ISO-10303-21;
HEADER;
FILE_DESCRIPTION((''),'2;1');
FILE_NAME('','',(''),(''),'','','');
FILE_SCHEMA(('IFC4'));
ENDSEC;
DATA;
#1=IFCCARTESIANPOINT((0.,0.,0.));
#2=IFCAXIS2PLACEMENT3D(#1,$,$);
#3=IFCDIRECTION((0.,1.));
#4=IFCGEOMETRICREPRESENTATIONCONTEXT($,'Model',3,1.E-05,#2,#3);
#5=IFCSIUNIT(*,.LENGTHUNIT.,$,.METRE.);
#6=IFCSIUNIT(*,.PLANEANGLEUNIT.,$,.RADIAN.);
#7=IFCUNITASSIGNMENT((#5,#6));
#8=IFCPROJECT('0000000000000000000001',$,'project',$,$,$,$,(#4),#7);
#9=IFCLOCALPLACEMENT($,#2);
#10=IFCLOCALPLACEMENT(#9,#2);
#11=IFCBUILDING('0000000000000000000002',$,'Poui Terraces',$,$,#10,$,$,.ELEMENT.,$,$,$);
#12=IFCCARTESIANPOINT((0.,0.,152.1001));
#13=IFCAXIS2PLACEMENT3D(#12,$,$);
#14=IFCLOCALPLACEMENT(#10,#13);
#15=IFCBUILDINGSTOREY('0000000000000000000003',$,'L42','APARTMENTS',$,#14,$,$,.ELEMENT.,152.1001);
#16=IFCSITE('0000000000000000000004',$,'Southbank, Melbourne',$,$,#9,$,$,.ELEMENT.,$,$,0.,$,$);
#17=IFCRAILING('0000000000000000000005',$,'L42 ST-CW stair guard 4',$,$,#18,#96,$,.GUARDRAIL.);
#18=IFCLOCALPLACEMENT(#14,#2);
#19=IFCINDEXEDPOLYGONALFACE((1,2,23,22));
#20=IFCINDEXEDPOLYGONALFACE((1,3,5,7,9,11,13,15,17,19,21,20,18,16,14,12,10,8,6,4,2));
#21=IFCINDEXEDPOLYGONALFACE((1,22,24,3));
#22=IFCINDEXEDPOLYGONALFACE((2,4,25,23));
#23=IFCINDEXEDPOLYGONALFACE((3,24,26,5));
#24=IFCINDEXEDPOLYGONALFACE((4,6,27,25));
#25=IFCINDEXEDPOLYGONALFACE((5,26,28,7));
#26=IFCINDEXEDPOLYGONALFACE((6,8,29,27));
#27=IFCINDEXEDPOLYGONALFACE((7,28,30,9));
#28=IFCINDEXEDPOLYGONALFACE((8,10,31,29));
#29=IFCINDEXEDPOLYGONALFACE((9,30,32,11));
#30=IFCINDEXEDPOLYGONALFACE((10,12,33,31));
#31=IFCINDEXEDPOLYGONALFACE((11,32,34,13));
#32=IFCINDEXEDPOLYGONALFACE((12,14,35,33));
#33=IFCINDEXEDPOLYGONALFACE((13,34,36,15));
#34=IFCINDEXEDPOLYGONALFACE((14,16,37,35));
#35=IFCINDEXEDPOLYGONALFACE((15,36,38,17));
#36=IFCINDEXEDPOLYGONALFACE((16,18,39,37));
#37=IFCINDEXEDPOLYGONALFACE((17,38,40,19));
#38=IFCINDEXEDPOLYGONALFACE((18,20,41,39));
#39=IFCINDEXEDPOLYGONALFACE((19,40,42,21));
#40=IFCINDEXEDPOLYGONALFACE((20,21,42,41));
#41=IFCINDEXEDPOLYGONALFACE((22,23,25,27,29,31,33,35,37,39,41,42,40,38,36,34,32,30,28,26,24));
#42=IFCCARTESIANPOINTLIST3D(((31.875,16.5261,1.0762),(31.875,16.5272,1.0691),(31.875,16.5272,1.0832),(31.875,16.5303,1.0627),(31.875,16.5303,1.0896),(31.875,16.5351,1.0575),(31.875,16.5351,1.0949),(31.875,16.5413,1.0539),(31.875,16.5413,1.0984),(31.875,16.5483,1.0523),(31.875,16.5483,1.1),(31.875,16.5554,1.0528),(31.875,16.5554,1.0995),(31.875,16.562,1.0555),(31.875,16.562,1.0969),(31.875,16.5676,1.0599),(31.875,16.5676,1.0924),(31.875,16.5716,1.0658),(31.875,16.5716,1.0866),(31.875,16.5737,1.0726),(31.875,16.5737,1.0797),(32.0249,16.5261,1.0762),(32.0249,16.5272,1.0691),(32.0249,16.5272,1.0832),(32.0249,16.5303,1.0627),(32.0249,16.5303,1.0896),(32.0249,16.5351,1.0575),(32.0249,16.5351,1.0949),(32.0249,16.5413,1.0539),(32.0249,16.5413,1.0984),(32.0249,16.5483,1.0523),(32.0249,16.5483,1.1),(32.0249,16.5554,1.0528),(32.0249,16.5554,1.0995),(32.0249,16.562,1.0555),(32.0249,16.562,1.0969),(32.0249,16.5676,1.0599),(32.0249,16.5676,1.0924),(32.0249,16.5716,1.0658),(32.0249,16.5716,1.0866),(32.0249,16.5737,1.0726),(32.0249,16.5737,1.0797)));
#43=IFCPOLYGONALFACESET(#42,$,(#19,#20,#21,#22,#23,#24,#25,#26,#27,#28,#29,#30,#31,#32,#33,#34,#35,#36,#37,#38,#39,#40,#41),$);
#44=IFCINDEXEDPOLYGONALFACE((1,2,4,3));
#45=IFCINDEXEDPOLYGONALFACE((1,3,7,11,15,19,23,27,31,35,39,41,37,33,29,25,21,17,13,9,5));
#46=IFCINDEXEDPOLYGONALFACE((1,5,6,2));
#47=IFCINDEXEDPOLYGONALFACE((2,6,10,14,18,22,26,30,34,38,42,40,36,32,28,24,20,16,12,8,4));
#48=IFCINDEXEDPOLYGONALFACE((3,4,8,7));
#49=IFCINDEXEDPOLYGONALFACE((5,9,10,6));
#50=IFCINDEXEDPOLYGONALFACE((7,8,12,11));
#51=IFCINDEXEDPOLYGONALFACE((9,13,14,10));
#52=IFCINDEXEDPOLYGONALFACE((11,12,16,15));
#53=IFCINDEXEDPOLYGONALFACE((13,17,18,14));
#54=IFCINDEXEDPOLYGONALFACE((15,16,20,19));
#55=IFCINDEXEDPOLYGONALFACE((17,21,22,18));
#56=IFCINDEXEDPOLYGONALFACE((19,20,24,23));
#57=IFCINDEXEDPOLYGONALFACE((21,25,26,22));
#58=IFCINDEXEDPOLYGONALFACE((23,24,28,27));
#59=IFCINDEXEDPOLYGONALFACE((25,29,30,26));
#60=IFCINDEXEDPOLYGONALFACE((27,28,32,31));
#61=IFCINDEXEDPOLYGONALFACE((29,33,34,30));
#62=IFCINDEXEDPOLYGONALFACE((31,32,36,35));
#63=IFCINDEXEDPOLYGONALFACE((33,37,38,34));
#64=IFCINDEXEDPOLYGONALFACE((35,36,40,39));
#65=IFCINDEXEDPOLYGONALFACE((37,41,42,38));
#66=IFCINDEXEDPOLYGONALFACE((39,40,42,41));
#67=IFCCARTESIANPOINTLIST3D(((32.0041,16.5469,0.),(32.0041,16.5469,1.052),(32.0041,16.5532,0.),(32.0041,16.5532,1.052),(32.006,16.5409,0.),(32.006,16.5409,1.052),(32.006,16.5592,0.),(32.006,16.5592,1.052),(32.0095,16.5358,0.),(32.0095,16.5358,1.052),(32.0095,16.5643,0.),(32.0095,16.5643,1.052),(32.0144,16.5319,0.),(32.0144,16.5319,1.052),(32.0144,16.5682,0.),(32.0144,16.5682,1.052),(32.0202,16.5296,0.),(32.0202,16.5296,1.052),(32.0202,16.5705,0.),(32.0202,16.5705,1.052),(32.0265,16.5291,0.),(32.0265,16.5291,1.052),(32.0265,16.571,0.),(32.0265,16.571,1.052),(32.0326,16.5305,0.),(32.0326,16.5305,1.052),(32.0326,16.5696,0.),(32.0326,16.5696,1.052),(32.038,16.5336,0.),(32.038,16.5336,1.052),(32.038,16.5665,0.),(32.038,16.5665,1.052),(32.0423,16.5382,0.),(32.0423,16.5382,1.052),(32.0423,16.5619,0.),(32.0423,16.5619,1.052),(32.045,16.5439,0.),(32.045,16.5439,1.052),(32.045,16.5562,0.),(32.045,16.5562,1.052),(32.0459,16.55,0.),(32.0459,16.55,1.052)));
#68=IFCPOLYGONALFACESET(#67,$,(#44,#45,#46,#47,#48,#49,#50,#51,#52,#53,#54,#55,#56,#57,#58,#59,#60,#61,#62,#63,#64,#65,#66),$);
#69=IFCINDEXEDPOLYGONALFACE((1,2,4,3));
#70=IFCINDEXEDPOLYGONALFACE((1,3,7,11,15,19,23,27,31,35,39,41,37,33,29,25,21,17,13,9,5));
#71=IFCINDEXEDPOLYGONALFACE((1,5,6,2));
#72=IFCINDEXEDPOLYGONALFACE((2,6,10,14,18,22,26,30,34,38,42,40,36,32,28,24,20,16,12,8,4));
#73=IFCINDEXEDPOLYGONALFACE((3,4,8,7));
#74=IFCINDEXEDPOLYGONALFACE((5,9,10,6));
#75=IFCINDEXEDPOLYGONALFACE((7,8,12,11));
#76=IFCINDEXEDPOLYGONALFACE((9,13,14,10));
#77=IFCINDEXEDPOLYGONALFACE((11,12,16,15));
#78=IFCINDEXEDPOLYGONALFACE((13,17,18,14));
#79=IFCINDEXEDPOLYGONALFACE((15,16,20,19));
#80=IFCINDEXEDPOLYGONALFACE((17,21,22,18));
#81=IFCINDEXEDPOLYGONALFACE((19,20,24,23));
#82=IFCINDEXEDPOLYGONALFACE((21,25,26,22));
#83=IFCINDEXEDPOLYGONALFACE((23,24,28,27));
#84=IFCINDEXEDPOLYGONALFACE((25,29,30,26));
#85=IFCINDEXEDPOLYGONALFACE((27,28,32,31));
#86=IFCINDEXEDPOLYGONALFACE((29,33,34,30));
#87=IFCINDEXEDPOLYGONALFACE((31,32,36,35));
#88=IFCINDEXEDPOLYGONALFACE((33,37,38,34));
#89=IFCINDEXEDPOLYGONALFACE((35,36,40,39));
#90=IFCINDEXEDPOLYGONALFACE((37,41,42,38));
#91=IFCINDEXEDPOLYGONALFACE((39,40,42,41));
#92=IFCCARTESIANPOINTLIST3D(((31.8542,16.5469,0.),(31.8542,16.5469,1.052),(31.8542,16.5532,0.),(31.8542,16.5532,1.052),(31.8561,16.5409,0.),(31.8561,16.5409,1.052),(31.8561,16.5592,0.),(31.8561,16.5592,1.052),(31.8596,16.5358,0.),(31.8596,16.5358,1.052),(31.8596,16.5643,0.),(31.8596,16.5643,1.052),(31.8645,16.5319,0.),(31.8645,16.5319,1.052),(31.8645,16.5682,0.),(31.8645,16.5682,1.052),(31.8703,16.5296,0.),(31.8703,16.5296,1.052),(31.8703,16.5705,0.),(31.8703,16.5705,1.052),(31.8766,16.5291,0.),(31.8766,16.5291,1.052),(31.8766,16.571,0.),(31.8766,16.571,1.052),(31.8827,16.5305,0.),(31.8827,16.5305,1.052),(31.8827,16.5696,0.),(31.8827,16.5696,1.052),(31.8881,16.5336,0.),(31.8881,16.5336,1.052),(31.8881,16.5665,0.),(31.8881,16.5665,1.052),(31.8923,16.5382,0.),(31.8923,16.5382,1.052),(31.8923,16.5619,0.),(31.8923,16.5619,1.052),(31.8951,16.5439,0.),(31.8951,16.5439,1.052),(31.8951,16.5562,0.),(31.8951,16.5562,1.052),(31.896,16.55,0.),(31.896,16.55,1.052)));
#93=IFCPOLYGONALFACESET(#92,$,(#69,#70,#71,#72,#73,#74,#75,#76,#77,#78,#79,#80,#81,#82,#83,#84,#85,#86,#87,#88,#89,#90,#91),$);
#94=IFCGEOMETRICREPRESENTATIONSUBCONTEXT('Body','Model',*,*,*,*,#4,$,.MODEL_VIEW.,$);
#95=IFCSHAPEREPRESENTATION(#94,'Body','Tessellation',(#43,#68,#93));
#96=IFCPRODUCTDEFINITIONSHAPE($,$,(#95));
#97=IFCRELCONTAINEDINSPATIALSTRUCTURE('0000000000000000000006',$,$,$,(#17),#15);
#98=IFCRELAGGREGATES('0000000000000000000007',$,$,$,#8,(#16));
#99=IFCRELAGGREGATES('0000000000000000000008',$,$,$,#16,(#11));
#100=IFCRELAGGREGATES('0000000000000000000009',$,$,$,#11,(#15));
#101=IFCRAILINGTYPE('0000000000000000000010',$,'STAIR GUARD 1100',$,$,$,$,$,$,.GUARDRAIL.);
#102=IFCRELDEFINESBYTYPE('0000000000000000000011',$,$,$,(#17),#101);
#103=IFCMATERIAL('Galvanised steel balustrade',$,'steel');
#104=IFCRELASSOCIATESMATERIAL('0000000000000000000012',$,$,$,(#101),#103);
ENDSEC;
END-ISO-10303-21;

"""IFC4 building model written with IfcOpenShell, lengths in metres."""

from ifc_helpers import new_model, si_unit, direction, frame, origin, origin_2d, place, context, subcontext, project, spatial, circle, extrude, material, type_object, element, save


model = new_model("IFC4")

# Units and contexts
model_context = context("Model", 3, precision=1e-05, world=origin(), true_north=direction((0.0, 1.0)))
body_context = subcontext(model_context, "Body", "Model", "MODEL_VIEW")
ifc_project = project(units=[si_unit("LENGTHUNIT", "METRE"), si_unit("PLANEANGLEUNIT", "RADIAN")], contexts=[model_context])

# Site, building, storey
site_placement = place(None, origin())
site = spatial("IfcSite", under=ifc_project, at=site_placement, Name="Southbank, Melbourne", CompositionType="ELEMENT", RefElevation=0.0)
building_placement = place(site_placement, origin())
building = spatial("IfcBuilding", under=site, at=building_placement, Name="Poui Terraces", CompositionType="ELEMENT")
storey_placement = place(building_placement, frame((0.0, 0.0, 152.1001)))
storey = spatial("IfcBuildingStorey", under=building, at=storey_placement, Name="L42", Description="APARTMENTS", CompositionType="ELEMENT", Elevation=152.1001)

# Railing
ifc_material_1 = material(Name="Galvanised steel balustrade", Category="steel")
railing_type_1 = type_object("IfcRailingType", Name="STAIR GUARD 1100", PredefinedType="GUARDRAIL", material=ifc_material_1)
railing_1_placement = place(storey_placement, frame((32.0249, 16.55, 0.0)))
element("IfcRailing", 1, at=railing_1_placement, inside=storey, type_object=railing_type_1, Name="L42 ST-CW stair guard 4", PredefinedType="GUARDRAIL", context=body_context, shape_type="SweptSolid", body=[
    extrude(circle(Radius=0.0239, at=origin_2d()), frame((0.0, 0.0, 1.0762), z_axis=(-1.0, 0.0, 0.0), x_axis=(0.0, -1.0, 0.0)), (0.0, 0.0, 1.0), 0.1499),
    extrude(circle(Radius=0.021, at=origin_2d()), origin(), (0.0, 0.0, 1.0), 1.052),
    extrude(circle(Radius=0.021, at=origin_2d()), frame((-0.1499, 0.0, 0.0)), (0.0, 0.0, 1.0), 1.052),
])

save(model, "model.ifc")
